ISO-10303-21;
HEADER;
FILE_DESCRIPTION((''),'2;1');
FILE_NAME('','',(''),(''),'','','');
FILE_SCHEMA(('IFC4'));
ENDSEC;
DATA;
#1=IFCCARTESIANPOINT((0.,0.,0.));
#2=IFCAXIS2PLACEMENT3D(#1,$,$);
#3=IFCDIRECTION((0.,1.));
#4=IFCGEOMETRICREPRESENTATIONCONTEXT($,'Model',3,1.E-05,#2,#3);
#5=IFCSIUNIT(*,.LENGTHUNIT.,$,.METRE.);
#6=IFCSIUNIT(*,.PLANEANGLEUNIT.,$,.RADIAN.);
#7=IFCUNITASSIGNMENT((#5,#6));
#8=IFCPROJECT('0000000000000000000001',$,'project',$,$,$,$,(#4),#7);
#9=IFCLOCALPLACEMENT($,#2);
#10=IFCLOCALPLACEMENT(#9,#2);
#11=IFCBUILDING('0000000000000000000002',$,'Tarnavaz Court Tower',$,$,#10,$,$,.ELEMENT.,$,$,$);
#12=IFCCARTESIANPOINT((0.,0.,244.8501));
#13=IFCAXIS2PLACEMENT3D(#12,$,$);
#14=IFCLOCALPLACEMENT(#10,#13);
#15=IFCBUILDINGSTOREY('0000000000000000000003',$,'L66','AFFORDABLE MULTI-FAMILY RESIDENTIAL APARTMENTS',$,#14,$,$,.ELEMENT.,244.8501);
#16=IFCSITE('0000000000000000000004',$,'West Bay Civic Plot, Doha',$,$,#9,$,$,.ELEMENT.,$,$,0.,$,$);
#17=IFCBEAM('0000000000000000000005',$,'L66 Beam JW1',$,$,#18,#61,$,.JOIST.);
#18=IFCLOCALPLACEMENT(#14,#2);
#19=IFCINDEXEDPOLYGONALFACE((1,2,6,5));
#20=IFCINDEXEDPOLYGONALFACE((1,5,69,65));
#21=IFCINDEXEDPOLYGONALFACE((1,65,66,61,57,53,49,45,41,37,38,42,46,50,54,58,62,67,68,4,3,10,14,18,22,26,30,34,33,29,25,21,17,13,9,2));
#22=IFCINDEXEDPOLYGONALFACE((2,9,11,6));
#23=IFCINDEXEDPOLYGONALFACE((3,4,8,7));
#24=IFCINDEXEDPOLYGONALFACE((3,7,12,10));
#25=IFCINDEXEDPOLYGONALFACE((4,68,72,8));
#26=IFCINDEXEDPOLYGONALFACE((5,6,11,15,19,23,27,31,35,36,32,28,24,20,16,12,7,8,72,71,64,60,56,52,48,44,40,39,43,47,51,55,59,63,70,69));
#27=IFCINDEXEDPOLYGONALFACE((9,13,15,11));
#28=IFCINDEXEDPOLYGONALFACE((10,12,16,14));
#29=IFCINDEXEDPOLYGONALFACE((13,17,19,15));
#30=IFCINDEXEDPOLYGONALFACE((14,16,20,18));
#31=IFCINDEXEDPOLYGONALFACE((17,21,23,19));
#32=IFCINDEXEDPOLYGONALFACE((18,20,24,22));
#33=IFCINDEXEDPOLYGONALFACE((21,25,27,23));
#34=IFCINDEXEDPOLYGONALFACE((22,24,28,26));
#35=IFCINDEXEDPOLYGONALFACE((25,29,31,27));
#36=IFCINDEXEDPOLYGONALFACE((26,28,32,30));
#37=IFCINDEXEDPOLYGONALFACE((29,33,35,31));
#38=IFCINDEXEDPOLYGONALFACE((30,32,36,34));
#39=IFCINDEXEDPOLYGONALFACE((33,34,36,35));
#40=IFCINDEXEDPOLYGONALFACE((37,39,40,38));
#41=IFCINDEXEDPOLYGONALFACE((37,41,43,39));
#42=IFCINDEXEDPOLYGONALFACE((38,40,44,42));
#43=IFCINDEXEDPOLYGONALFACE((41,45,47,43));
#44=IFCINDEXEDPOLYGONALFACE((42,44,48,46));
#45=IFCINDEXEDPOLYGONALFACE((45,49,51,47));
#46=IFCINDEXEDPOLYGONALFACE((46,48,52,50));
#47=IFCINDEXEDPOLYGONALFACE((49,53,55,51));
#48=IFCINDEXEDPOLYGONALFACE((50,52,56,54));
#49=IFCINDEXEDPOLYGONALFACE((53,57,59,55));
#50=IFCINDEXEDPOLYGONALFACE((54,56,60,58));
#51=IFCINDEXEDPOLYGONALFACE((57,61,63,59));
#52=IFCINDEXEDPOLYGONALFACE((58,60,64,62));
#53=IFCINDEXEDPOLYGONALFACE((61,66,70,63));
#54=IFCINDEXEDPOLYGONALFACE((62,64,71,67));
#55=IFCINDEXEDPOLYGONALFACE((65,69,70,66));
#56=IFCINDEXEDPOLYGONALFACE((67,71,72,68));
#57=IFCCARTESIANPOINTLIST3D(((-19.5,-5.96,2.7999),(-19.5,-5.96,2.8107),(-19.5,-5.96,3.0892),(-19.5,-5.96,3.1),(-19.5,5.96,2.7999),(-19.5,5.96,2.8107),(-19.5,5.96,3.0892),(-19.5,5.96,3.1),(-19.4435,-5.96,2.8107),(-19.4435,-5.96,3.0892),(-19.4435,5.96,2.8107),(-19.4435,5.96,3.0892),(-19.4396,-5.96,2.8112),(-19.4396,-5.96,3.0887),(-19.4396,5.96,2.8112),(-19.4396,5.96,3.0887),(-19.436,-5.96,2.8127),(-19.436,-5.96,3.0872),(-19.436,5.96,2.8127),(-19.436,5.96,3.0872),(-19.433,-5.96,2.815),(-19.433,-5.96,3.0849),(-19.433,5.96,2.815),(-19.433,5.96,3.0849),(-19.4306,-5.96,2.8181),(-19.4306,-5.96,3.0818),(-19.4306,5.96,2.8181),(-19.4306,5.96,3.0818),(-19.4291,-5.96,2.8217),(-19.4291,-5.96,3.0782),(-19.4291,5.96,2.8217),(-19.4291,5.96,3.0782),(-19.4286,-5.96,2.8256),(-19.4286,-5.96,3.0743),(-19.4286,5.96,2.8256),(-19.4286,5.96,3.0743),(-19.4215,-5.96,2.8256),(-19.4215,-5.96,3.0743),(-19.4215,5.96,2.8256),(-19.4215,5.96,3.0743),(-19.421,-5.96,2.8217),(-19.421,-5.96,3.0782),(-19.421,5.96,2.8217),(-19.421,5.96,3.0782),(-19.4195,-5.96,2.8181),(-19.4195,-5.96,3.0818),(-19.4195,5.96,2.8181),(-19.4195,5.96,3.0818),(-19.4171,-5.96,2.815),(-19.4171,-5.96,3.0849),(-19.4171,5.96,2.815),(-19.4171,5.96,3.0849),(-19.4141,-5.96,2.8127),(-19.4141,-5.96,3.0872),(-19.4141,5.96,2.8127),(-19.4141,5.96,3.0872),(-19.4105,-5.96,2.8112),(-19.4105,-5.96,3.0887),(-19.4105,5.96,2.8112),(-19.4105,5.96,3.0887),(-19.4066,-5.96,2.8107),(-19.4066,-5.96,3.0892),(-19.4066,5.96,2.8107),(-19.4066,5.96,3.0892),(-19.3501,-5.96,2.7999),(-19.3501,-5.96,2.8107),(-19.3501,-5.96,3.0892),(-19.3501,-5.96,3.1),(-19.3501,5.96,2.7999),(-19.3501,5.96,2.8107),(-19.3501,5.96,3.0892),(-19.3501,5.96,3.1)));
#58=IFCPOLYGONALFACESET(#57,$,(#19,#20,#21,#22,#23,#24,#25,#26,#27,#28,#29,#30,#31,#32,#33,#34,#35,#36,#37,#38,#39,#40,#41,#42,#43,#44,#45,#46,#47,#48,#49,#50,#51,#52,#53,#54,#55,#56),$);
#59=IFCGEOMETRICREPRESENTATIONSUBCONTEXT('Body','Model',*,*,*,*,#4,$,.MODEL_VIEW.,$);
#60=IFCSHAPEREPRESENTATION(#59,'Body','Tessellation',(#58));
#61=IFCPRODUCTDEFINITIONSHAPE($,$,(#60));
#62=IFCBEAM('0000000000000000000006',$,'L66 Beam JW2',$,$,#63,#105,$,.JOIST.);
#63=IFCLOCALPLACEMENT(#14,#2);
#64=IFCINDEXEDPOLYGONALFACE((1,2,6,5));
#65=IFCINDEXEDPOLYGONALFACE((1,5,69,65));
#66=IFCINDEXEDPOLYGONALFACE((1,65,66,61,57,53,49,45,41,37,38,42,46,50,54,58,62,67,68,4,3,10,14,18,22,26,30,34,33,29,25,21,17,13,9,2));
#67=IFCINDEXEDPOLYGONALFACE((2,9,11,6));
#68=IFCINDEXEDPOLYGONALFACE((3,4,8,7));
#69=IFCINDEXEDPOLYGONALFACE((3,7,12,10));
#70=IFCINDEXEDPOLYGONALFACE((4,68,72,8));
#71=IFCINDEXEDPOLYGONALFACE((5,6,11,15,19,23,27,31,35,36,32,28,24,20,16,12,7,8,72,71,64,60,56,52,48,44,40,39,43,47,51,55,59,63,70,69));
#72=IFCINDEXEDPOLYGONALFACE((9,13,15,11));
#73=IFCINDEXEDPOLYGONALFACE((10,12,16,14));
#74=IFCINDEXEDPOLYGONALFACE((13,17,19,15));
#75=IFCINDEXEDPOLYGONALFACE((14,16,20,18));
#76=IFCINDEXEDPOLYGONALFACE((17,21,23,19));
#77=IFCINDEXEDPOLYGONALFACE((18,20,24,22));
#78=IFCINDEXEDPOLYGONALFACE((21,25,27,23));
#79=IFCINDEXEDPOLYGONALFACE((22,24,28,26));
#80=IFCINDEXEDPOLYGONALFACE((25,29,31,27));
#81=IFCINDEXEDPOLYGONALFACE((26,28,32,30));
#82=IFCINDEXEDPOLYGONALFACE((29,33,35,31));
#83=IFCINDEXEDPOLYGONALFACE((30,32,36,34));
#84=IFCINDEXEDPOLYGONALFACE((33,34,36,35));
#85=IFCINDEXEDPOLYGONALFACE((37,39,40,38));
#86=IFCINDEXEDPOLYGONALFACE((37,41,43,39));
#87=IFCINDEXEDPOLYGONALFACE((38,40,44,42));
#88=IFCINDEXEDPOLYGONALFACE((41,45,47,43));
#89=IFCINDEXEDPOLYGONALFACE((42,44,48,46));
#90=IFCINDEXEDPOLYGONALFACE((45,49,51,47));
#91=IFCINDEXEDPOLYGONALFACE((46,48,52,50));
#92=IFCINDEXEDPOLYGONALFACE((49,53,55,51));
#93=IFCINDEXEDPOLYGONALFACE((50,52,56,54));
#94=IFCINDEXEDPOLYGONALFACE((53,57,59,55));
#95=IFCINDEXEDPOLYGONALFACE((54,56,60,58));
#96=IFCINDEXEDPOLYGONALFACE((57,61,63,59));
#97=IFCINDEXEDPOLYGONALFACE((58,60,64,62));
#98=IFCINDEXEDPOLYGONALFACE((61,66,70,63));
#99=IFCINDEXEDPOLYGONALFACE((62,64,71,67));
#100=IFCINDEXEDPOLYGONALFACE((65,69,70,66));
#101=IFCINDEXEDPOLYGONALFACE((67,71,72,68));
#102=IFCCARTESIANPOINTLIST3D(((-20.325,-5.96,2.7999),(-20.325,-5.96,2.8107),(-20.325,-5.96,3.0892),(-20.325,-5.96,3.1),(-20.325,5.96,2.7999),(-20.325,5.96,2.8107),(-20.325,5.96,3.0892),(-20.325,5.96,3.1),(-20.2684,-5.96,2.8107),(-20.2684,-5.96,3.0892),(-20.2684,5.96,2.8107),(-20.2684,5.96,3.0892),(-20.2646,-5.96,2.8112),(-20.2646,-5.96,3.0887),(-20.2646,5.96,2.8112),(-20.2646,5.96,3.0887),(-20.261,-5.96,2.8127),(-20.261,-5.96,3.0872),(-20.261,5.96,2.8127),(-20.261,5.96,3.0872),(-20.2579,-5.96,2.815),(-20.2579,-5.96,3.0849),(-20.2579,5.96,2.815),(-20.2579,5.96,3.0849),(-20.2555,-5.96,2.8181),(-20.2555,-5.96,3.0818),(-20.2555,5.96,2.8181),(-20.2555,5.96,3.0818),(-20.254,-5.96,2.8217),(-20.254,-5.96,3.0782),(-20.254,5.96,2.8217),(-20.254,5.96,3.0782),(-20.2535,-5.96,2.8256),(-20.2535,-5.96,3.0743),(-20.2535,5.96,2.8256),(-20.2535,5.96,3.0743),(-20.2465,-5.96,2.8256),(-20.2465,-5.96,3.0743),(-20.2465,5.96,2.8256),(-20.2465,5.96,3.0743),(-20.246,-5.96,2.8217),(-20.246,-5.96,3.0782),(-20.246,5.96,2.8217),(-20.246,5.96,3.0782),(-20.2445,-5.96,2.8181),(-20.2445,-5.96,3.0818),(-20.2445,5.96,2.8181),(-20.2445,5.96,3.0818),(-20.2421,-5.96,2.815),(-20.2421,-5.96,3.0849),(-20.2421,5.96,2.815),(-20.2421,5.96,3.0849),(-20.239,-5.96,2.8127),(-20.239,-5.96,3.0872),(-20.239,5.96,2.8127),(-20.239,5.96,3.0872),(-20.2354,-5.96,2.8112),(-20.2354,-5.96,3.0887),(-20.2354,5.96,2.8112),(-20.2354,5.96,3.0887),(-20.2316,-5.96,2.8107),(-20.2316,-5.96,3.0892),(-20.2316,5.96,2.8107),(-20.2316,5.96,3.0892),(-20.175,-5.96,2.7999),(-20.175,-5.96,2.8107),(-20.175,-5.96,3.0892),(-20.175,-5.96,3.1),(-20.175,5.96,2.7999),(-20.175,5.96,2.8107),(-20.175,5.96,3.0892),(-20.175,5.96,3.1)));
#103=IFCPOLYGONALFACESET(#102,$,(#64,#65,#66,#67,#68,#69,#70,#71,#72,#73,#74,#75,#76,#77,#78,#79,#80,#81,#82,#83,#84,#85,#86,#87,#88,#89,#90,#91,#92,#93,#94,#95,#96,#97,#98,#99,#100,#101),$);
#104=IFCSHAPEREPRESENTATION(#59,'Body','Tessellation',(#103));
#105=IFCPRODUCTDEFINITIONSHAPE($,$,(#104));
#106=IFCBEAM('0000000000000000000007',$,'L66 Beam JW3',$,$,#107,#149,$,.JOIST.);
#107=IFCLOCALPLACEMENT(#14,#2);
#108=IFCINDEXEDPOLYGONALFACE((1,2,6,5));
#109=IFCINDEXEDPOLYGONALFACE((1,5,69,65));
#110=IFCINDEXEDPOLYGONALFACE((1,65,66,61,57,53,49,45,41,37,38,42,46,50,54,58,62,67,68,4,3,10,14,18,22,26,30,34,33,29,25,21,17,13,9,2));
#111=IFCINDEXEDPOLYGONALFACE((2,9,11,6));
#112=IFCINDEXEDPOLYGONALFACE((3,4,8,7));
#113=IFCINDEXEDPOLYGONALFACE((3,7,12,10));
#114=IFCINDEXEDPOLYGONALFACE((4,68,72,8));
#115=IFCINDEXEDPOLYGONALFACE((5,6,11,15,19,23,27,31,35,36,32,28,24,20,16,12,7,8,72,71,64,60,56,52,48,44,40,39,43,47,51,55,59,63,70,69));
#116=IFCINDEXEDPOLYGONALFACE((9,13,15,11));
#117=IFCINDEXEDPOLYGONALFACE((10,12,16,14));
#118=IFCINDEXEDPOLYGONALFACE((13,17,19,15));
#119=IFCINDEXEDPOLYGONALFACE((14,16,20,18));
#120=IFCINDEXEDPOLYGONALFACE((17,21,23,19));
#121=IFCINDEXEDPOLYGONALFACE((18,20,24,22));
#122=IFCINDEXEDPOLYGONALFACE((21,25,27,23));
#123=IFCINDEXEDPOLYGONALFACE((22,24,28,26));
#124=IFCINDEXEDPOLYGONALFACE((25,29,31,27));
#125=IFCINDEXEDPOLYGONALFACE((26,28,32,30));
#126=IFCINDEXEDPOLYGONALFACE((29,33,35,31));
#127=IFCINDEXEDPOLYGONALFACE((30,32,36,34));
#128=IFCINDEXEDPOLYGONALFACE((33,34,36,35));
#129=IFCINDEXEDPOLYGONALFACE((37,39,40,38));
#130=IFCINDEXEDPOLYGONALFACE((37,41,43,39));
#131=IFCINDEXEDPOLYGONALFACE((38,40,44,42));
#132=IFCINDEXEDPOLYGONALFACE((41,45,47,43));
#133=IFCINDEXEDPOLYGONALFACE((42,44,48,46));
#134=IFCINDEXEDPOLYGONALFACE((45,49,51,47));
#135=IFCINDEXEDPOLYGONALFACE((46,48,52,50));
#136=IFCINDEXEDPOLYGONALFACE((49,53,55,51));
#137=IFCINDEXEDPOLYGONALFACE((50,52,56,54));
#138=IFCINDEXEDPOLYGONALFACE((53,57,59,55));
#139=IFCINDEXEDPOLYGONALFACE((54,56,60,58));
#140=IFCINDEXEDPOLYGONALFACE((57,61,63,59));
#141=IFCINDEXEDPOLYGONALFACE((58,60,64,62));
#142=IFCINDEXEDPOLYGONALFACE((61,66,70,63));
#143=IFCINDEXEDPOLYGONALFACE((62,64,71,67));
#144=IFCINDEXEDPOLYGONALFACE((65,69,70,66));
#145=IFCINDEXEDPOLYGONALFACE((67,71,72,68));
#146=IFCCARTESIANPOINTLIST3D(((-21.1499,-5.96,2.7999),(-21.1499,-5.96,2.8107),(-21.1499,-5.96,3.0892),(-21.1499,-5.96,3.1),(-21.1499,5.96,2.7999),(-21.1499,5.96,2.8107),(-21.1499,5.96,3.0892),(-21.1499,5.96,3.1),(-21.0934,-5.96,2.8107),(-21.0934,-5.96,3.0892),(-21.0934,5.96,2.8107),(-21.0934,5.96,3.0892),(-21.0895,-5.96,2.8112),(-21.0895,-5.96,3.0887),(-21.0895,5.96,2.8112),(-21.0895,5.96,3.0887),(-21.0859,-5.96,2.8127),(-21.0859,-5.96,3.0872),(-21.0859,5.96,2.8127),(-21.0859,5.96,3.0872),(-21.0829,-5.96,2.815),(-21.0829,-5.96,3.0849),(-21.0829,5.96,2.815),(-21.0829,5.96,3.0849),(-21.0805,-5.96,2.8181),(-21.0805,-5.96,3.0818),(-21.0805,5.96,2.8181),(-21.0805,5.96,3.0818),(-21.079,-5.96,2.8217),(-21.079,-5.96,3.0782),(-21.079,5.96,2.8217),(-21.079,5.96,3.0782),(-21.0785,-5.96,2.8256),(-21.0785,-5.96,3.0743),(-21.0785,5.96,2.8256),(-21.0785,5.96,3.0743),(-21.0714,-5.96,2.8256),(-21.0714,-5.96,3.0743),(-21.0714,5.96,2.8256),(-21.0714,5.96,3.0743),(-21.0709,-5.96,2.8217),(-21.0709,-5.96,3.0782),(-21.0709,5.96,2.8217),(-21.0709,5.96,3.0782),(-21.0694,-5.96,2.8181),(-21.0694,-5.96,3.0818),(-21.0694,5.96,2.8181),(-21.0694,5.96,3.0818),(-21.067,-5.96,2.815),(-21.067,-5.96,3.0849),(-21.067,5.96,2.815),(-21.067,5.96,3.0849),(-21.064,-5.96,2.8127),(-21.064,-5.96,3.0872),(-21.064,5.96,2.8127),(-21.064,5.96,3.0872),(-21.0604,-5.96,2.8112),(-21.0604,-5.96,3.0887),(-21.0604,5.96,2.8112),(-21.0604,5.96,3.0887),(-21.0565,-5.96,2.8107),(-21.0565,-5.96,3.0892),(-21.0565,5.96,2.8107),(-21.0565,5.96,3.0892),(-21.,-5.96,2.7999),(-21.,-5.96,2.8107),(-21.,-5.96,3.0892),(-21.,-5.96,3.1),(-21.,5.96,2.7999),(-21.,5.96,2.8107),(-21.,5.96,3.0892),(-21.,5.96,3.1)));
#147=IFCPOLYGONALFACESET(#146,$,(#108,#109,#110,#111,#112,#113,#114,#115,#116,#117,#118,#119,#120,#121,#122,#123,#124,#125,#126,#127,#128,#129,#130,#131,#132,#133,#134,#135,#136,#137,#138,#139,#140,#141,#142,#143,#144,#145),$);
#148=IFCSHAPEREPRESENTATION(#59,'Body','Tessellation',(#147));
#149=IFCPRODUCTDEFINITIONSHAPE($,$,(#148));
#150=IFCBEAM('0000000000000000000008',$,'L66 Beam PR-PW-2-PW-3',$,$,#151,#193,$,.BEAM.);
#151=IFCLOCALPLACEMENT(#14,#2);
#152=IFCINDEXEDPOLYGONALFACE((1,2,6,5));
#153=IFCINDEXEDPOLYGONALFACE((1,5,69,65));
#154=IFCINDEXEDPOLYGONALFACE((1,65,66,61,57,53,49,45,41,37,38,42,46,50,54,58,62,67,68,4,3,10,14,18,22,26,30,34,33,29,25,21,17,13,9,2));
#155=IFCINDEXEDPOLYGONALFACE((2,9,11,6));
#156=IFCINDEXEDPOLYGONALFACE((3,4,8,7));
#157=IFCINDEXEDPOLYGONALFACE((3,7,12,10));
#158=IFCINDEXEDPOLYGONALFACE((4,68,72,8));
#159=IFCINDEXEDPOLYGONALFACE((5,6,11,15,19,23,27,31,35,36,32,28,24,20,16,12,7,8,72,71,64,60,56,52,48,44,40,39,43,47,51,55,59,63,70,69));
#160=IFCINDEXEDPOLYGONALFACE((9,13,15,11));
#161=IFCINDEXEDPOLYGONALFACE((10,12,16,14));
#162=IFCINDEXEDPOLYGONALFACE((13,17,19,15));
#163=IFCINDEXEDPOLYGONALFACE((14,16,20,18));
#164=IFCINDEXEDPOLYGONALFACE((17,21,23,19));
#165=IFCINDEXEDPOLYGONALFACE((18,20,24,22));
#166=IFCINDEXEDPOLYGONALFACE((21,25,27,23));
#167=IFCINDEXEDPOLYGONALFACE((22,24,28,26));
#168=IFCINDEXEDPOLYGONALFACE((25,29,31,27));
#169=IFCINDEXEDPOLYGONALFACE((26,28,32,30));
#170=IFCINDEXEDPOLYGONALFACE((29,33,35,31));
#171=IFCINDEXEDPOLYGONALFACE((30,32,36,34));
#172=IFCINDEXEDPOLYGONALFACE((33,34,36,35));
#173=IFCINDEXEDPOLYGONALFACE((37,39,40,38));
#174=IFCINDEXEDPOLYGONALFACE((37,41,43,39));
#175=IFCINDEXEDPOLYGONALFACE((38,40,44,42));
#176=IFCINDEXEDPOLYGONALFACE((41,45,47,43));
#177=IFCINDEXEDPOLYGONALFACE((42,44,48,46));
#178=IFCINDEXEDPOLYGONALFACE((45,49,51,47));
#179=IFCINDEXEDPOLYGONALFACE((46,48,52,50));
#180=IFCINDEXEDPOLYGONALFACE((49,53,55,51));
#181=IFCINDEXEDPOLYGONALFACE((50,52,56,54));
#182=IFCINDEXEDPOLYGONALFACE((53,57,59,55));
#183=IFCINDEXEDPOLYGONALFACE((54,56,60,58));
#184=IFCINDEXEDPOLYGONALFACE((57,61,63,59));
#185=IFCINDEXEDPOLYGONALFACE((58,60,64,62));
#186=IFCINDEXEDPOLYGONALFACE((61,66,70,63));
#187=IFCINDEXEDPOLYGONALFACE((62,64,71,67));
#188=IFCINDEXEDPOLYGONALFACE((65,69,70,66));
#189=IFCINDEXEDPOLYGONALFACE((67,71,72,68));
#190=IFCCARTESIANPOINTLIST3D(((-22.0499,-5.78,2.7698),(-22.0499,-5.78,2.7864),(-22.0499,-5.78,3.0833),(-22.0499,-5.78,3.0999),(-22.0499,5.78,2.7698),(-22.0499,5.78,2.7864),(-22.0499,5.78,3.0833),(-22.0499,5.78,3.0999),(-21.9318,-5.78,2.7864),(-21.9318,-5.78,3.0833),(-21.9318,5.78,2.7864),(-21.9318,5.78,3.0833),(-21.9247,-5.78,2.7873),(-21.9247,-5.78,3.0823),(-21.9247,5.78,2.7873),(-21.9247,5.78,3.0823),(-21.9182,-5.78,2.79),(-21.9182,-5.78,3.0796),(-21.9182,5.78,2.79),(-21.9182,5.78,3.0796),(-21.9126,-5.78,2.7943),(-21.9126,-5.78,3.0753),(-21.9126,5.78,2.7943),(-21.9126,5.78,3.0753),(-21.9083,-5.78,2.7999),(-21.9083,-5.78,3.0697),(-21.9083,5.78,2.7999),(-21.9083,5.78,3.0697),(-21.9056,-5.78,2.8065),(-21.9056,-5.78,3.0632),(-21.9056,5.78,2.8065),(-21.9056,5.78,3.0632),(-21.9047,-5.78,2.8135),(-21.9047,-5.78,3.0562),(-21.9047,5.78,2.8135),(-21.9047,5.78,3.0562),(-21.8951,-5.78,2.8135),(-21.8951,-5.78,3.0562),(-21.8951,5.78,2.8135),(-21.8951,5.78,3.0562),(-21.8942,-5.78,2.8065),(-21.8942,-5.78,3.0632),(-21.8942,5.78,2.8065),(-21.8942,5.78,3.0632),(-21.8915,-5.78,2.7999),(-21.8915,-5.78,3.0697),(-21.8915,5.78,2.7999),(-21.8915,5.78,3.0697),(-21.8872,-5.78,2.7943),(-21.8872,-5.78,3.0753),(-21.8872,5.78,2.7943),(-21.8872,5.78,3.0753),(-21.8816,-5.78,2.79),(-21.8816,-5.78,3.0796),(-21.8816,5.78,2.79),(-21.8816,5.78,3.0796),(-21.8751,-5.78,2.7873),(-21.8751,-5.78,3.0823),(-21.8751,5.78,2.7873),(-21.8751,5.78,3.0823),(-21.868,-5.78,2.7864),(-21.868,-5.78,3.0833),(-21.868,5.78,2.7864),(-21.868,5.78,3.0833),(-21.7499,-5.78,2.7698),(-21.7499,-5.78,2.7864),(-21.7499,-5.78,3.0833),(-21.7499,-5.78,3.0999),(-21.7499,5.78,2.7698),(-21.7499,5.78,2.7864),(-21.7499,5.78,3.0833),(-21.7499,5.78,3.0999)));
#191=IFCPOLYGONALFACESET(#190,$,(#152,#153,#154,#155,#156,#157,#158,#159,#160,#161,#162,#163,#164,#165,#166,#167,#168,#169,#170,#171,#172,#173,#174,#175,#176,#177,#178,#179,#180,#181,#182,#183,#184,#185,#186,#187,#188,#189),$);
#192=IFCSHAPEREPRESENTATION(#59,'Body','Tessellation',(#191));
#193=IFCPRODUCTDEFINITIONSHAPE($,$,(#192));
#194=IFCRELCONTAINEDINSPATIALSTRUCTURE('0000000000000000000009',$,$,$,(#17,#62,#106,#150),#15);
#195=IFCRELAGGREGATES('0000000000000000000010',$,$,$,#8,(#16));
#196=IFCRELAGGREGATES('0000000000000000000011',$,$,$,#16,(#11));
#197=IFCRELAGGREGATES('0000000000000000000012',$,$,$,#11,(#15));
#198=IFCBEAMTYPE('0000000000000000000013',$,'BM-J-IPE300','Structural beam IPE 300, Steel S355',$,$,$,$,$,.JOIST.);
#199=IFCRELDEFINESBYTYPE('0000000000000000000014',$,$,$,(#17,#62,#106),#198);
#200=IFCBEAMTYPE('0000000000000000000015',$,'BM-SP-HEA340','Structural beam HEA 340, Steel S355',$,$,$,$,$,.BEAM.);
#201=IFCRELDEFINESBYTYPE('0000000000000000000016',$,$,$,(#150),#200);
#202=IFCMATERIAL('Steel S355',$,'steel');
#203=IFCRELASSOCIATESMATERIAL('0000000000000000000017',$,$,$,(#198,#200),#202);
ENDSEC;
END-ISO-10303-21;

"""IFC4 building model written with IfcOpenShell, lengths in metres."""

from ifc_helpers import new_model, si_unit, direction, frame, origin, origin_2d, place, context, subcontext, project, spatial, i_section, extrude, material, material_profile, profile_set, type_object, element, save


model = new_model("IFC4")

# Units and contexts
model_context = context("Model", 3, precision=1e-05, world=origin(), true_north=direction((0.0, 1.0)))
body_context = subcontext(model_context, "Body", "Model", "MODEL_VIEW")
ifc_project = project(units=[si_unit("LENGTHUNIT", "METRE"), si_unit("PLANEANGLEUNIT", "RADIAN")], contexts=[model_context])

# Site, building, storey
site_placement = place(None, origin())
site = spatial("IfcSite", under=ifc_project, at=site_placement, Name="West Bay Civic Plot, Doha", CompositionType="ELEMENT", RefElevation=0.0)
building_placement = place(site_placement, origin())
building = spatial("IfcBuilding", under=site, at=building_placement, Name="Tarnavaz Court Tower", CompositionType="ELEMENT")
storey_placement = place(building_placement, frame((0.0, 0.0, 244.8501)))
storey = spatial("IfcBuildingStorey", under=building, at=storey_placement, Name="L66", Description="AFFORDABLE MULTI-FAMILY RESIDENTIAL APARTMENTS", CompositionType="ELEMENT", Elevation=244.8501)

# Beams
ifc_material_1 = material(Name="Steel S355", Category="steel")
ifc_material_profile_1 = material_profile(ifc_material_1, i_section(OverallWidth=0.1499, OverallDepth=0.3, WebThickness=0.0071, FlangeThickness=0.0107, FilletRadius=0.0149, at=origin_2d()), Name="IPE 300")
ifc_profile_set_1 = profile_set([ifc_material_profile_1], Name="Steel S355")
beam_type_1 = type_object("IfcBeamType", Name="BM-J-IPE300", Description="Structural beam IPE 300, Steel S355", PredefinedType="JOIST", material=ifc_profile_set_1)
for number, where, z_axis, x_axis, name in (
    (1, (-19.425, -5.96, 2.95), (0.0, 1.0, 0.0), (-1.0, 0.0, 0.0), "L66 Beam JW1"),
    (2, (-20.25, -5.96, 2.95), (0.0, 1.0, 0.0), (-1.0, 0.0, 0.0), "L66 Beam JW2"),
    (3, (-21.075, -5.96, 2.95), (0.0, 1.0, 0.0), (-1.0, 0.0, 0.0), "L66 Beam JW3"),
):
    element("IfcBeam", number, at=place(storey_placement, frame(where, z_axis=z_axis, x_axis=x_axis)), inside=storey, type_object=beam_type_1, Name=name, PredefinedType="JOIST", context=body_context, shape_type="SweptSolid", body=[
        extrude(i_section(OverallWidth=0.1499, OverallDepth=0.3, WebThickness=0.0071, FlangeThickness=0.0107, FilletRadius=0.0149, at=origin_2d()), origin(), (0.0, 0.0, 1.0), 11.9199),
    ])
ifc_material_profile_2 = material_profile(ifc_material_1, i_section(OverallWidth=0.3, OverallDepth=0.3301, WebThickness=0.0095, FlangeThickness=0.0166, FilletRadius=0.0271, at=origin_2d()), Name="HEA 340")
ifc_profile_set_2 = profile_set([ifc_material_profile_2], Name="Steel S355")
beam_type_2 = type_object("IfcBeamType", Name="BM-SP-HEA340", Description="Structural beam HEA 340, Steel S355", PredefinedType="BEAM", material=ifc_profile_set_2)
beam_1_placement = place(storey_placement, frame((-21.8999, -5.78, 2.9348), z_axis=(0.0, 1.0, 0.0), x_axis=(-1.0, 0.0, 0.0)))
element("IfcBeam", 4, at=beam_1_placement, inside=storey, type_object=beam_type_2, Name="L66 Beam PR-PW-2-PW-3", PredefinedType="BEAM", context=body_context, shape_type="SweptSolid", body=[
    extrude(i_section(OverallWidth=0.3, OverallDepth=0.3301, WebThickness=0.0095, FlangeThickness=0.0166, FilletRadius=0.0271, at=origin_2d()), origin(), (0.0, 0.0, 1.0), 11.5601),
])

save(model, "model.ifc")
